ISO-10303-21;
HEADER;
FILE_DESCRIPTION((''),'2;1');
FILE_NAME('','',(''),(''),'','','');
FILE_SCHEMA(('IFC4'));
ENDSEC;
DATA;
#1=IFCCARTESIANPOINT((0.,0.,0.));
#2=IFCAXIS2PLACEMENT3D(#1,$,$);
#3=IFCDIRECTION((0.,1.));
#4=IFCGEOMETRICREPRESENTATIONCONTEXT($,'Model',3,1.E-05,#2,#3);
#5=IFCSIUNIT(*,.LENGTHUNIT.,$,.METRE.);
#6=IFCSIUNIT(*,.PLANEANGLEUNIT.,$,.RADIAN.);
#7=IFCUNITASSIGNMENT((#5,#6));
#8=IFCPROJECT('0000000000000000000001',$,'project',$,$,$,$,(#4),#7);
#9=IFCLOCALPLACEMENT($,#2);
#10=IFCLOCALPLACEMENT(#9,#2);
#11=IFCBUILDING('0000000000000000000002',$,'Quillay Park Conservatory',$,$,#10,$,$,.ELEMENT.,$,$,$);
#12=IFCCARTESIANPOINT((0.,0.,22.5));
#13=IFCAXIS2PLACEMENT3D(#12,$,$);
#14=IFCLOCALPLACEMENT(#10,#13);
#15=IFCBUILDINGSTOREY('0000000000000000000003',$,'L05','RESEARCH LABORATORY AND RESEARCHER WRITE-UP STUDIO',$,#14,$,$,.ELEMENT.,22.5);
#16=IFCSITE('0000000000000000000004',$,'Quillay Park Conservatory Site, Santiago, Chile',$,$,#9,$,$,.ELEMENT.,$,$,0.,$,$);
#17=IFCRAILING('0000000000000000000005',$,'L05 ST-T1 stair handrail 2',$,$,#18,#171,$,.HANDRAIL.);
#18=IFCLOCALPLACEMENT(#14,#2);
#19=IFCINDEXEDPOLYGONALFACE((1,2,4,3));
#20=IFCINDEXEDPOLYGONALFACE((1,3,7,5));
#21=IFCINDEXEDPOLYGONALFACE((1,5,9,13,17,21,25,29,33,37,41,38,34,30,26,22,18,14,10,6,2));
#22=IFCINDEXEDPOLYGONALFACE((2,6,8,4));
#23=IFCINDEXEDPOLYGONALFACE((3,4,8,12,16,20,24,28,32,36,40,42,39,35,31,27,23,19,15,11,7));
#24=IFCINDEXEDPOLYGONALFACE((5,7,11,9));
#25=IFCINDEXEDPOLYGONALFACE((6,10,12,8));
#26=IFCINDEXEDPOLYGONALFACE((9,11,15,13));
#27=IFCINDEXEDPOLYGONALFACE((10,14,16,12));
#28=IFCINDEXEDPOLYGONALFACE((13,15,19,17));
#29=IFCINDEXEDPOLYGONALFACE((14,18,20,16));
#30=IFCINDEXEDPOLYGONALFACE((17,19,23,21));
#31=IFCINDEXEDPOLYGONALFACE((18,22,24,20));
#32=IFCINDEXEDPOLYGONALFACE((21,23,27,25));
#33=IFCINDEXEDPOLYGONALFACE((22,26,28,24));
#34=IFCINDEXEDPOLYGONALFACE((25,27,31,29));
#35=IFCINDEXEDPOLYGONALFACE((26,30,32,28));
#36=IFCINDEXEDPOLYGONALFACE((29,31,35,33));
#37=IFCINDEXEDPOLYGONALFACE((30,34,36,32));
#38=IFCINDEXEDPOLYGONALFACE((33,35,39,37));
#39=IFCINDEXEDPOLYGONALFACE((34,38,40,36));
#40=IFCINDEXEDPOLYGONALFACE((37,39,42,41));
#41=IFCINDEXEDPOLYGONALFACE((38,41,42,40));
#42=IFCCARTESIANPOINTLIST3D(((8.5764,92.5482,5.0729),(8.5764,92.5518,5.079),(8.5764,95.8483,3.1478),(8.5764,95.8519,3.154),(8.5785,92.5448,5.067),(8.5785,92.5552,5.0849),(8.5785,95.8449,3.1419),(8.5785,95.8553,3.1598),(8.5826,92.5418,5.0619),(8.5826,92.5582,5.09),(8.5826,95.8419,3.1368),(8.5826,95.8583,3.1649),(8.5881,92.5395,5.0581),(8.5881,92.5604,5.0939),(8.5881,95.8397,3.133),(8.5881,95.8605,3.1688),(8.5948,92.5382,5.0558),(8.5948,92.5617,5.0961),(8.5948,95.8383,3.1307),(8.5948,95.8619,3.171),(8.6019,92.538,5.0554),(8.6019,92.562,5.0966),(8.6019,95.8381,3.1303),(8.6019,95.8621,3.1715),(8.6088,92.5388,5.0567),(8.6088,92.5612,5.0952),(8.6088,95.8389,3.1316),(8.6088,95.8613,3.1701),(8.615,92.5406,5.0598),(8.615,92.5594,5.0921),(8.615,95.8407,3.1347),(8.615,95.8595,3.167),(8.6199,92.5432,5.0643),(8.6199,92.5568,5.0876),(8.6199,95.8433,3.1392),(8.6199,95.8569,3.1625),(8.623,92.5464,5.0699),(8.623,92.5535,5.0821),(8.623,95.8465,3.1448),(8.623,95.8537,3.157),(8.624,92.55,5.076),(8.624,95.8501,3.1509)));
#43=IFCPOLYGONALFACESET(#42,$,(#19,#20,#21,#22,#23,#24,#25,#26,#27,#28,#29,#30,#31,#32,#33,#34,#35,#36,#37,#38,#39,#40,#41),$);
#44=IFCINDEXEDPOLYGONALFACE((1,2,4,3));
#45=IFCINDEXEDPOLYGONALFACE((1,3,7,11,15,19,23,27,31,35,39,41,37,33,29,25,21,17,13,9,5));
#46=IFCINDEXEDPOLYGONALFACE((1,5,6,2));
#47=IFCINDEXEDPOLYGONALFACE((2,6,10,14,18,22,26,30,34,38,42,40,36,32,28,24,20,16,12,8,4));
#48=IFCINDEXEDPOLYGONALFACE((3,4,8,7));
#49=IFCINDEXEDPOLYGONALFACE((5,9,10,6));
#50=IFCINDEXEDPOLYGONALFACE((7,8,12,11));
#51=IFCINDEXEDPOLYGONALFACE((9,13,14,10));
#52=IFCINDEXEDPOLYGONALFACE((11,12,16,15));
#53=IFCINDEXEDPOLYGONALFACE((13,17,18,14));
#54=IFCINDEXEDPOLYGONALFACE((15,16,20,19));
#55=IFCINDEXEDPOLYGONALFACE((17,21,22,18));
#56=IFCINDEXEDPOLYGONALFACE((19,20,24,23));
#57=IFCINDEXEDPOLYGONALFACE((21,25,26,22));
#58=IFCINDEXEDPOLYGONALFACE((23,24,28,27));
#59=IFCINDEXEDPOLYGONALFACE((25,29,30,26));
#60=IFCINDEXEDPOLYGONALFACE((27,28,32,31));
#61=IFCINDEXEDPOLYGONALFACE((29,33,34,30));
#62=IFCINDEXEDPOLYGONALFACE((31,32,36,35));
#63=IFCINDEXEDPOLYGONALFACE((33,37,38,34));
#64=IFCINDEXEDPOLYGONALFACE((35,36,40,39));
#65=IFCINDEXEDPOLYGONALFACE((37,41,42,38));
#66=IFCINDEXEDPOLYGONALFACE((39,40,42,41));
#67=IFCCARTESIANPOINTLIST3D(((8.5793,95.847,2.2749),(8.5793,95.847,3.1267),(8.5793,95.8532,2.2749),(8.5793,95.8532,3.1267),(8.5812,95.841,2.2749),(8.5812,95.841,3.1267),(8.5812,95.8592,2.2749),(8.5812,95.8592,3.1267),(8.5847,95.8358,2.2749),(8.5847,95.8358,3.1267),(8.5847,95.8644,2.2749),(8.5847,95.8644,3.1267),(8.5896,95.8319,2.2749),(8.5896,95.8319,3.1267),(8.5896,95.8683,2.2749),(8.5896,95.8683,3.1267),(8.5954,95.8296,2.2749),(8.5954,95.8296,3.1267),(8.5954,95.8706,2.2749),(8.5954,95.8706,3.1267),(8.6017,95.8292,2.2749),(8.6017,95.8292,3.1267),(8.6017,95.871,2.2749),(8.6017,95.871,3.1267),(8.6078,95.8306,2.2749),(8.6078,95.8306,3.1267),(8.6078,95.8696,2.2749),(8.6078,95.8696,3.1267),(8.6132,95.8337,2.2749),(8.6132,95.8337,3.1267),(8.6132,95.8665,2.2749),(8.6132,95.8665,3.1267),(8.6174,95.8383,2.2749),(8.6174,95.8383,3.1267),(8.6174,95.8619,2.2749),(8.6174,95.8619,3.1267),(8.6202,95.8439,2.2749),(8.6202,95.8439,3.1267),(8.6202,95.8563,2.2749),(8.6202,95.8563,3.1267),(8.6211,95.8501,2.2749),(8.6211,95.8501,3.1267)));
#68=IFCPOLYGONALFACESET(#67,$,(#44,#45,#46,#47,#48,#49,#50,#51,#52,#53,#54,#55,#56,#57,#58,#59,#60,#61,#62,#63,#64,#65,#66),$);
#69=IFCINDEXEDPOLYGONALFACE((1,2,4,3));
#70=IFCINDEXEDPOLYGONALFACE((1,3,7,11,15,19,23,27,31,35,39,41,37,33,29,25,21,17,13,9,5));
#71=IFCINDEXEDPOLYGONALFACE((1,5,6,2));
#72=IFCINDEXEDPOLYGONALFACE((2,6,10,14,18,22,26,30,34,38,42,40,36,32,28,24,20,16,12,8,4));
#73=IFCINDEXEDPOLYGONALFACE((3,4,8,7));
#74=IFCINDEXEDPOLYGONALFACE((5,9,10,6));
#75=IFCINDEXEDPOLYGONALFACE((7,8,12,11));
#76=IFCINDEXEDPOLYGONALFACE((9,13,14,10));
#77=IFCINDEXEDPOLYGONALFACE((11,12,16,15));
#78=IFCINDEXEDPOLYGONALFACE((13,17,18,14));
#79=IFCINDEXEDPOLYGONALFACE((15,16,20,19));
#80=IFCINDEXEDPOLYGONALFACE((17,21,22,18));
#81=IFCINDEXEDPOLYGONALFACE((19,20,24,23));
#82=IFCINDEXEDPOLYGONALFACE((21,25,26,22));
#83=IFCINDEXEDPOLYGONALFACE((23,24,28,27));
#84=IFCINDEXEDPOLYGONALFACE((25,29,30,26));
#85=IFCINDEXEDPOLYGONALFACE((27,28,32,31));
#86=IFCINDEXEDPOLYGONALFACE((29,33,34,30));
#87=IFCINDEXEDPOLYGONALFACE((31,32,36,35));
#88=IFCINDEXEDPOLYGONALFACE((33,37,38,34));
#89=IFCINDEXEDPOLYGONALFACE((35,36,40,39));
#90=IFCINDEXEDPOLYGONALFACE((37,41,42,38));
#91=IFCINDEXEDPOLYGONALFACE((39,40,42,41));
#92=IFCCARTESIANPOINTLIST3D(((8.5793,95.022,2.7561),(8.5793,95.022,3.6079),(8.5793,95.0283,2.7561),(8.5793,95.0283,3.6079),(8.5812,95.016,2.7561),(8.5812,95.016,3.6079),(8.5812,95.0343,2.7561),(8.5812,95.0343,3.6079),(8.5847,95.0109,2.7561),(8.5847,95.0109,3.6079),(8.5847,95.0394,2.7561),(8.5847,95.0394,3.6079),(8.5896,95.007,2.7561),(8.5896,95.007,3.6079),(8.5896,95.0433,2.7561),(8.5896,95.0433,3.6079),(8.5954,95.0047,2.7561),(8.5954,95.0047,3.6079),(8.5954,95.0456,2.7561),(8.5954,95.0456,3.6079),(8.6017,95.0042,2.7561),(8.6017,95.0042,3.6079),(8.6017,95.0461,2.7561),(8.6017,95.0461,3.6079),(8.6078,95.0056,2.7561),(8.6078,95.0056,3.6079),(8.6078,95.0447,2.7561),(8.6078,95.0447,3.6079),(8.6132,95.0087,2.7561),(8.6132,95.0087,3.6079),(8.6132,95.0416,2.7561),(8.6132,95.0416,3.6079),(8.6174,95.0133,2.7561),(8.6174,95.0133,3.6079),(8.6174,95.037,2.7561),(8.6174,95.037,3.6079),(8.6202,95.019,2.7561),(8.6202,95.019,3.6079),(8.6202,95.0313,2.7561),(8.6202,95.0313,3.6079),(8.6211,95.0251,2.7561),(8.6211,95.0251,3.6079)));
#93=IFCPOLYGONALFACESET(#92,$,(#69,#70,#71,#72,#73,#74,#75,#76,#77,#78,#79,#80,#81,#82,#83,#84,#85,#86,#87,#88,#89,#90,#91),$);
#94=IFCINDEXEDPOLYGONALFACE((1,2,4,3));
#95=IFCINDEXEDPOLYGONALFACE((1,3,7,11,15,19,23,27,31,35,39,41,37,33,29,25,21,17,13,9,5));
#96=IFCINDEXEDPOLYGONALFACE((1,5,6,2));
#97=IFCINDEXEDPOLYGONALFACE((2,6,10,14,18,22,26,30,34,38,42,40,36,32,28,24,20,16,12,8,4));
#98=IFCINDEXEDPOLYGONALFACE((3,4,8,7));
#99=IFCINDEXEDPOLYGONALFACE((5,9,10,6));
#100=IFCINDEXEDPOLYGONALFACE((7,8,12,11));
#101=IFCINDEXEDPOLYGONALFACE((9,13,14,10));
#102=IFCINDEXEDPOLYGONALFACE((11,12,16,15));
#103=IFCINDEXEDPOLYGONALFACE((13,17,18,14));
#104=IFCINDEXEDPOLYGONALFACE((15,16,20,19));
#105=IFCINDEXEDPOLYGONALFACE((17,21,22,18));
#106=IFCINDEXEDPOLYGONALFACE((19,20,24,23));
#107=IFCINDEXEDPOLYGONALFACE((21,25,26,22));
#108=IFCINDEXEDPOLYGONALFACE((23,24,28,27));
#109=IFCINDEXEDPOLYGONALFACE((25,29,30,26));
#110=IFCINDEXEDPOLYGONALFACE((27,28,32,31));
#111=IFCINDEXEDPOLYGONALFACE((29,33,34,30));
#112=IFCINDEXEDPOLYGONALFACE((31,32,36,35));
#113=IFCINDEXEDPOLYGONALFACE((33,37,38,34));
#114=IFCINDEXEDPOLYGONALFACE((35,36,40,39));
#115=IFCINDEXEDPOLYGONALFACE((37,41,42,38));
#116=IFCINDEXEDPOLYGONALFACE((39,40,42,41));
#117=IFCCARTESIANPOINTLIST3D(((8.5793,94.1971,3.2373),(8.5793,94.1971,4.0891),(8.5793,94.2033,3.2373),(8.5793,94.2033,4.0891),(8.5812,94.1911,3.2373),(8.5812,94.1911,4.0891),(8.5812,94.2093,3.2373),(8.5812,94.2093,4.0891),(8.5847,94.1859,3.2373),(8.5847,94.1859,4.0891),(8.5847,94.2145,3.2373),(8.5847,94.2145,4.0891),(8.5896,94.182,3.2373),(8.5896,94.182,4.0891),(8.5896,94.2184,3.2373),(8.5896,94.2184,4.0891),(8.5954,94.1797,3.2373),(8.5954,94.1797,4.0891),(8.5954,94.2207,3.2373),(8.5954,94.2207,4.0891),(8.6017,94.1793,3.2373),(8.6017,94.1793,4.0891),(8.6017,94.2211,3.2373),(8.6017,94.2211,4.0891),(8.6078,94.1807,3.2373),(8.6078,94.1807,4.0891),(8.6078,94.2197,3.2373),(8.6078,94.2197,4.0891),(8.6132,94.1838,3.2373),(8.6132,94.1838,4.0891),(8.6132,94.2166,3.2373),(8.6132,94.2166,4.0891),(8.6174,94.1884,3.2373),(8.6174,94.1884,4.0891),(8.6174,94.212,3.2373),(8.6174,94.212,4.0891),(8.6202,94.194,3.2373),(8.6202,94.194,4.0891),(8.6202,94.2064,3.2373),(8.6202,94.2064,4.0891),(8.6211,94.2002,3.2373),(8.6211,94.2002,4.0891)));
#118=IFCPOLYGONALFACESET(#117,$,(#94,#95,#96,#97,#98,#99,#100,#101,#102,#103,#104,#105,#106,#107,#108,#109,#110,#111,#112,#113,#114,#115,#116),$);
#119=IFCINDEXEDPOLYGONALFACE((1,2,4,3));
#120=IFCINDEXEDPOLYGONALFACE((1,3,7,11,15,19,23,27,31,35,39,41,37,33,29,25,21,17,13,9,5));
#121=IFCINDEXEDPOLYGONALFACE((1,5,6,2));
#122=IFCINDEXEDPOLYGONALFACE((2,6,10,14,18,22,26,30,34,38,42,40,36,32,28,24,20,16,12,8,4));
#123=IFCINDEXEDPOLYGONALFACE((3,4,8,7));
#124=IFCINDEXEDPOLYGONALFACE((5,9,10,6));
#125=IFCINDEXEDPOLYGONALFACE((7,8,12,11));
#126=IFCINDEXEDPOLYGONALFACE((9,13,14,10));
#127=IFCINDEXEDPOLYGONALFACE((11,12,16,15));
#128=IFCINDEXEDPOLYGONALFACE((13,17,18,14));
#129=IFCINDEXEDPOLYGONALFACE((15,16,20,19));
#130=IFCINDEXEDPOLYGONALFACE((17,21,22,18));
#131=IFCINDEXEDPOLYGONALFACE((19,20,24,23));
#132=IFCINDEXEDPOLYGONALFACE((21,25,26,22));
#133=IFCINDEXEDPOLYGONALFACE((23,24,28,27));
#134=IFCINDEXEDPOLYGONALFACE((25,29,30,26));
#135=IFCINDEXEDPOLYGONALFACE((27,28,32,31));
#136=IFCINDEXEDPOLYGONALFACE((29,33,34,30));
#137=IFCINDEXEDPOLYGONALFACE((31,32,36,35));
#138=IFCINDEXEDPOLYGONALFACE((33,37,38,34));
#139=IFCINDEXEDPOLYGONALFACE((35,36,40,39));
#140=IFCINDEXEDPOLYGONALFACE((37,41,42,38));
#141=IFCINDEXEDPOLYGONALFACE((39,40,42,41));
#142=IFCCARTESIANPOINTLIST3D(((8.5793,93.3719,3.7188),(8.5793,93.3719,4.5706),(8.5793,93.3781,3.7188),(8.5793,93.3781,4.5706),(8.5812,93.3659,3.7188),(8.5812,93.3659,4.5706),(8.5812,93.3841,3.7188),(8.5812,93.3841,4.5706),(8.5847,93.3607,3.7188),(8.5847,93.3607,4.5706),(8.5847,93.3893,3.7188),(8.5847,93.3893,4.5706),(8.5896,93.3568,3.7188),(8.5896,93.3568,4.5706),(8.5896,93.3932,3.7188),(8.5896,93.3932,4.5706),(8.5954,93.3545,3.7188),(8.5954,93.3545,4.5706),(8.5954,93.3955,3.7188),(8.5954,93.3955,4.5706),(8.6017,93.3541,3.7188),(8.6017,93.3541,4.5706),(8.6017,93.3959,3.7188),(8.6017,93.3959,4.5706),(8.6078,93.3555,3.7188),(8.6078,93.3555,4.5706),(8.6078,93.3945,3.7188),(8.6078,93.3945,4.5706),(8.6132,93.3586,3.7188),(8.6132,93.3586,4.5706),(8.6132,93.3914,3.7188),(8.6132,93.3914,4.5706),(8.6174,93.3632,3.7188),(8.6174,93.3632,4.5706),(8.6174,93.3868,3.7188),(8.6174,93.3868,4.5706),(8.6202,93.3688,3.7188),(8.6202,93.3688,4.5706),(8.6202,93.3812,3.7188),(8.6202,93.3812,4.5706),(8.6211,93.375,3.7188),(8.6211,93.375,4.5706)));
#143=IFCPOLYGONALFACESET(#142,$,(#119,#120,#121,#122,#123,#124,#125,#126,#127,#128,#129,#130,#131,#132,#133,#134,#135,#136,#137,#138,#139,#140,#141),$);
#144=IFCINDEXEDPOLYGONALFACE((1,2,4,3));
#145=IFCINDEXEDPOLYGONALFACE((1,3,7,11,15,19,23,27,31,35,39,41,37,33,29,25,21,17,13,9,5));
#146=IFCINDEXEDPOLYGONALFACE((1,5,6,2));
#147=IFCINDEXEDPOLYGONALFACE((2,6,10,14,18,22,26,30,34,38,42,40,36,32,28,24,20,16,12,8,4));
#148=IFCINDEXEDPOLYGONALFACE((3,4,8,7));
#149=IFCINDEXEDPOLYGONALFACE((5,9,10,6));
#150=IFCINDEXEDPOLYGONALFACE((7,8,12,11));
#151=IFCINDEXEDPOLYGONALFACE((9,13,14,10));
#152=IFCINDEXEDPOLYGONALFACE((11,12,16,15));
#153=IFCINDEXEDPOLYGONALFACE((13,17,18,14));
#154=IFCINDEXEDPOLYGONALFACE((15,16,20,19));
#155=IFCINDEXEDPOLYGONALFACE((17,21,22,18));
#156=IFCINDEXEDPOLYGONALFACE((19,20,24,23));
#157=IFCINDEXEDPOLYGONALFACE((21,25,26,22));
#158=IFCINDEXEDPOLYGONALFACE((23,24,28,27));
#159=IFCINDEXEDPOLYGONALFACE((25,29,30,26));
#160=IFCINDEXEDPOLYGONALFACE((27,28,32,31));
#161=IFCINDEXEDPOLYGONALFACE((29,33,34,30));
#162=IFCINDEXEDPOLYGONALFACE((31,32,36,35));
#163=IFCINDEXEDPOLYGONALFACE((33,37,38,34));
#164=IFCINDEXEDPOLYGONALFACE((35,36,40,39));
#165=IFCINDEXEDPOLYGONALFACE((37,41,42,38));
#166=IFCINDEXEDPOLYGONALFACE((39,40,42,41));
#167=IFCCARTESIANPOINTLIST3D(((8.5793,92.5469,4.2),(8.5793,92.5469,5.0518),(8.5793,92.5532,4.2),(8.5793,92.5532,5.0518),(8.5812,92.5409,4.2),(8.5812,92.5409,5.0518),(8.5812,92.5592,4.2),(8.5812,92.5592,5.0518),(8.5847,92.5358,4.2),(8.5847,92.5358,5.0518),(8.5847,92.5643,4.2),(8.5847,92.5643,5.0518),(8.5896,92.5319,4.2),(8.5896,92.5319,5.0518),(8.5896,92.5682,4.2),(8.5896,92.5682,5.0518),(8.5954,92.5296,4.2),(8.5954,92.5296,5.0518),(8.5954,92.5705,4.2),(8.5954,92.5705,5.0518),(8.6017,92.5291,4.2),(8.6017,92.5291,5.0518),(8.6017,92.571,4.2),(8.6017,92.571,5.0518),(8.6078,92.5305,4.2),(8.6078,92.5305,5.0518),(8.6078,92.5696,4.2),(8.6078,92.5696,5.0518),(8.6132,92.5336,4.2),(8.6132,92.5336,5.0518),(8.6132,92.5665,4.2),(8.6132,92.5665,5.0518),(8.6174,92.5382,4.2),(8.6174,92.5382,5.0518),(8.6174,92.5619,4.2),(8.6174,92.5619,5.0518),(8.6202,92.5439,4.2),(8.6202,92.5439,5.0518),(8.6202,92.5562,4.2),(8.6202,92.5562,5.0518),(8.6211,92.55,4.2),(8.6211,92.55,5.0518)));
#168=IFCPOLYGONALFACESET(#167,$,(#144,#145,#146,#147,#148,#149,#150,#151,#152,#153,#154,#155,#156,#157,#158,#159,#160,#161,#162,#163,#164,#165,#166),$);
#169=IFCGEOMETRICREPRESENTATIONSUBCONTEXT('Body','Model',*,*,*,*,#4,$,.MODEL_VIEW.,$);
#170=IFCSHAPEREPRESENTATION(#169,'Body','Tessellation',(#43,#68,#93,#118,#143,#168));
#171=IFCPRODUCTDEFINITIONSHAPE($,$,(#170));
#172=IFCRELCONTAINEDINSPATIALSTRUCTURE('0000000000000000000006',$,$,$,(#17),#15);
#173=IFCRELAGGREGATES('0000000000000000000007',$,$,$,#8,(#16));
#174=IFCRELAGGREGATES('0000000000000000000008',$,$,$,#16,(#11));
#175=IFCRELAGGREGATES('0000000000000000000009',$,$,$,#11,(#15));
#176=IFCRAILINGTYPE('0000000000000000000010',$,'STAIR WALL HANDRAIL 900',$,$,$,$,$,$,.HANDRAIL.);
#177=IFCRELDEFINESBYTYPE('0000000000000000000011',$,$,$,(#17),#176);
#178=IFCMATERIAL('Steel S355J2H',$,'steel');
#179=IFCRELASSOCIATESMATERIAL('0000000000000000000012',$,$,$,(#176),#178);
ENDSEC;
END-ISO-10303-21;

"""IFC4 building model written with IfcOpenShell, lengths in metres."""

from ifc_helpers import new_model, si_unit, direction, frame, origin, origin_2d, place, context, subcontext, project, spatial, circle, extrude, material, type_object, element, save


model = new_model("IFC4")

# Units and contexts
model_context = context("Model", 3, precision=1e-05, world=origin(), true_north=direction((0.0, 1.0)))
body_context = subcontext(model_context, "Body", "Model", "MODEL_VIEW")
ifc_project = project(units=[si_unit("LENGTHUNIT", "METRE"), si_unit("PLANEANGLEUNIT", "RADIAN")], contexts=[model_context])

# Site, building, storey
site_placement = place(None, origin())
site = spatial("IfcSite", under=ifc_project, at=site_placement, Name="Quillay Park Conservatory Site, Santiago, Chile", CompositionType="ELEMENT", RefElevation=0.0)
building_placement = place(site_placement, origin())
building = spatial("IfcBuilding", under=site, at=building_placement, Name="Quillay Park Conservatory", CompositionType="ELEMENT")
storey_placement = place(building_placement, frame((0.0, 0.0, 22.5)))
storey = spatial("IfcBuildingStorey", under=building, at=storey_placement, Name="L05", Description="RESEARCH LABORATORY AND RESEARCHER WRITE-UP STUDIO", CompositionType="ELEMENT", Elevation=22.5)

# Railing
ifc_material_1 = material(Name="Steel S355J2H", Category="steel")
railing_type_1 = type_object("IfcRailingType", Name="STAIR WALL HANDRAIL 900", PredefinedType="HANDRAIL", material=ifc_material_1)
railing_1_placement = place(storey_placement, frame((8.6001, 95.8501, 2.2749)))
element("IfcRailing", 1, at=railing_1_placement, inside=storey, type_object=railing_type_1, Name="L05 ST-T1 stair handrail 2", PredefinedType="HANDRAIL", context=body_context, shape_type="SweptSolid", body=[
    extrude(circle(Radius=0.0239, at=origin_2d()), frame((0.0, 0.0, 0.876), z_axis=(0.0, -0.863777, 0.503875), x_axis=(1.0, 0.0, 0.0)), (0.0, 0.0, 1.0), 3.8206),
    extrude(circle(Radius=0.021, at=origin_2d()), origin(), (0.0, 0.0, 1.0), 0.8518),
    extrude(circle(Radius=0.021, at=origin_2d()), frame((0.0, -0.825, 0.4812)), (0.0, 0.0, 1.0), 0.8518),
    extrude(circle(Radius=0.021, at=origin_2d()), frame((0.0, -1.6499, 0.9624)), (0.0, 0.0, 1.0), 0.8518),
    extrude(circle(Radius=0.021, at=origin_2d()), frame((0.0, -2.4751, 1.4438)), (0.0, 0.0, 1.0), 0.8518),
    extrude(circle(Radius=0.021, at=origin_2d()), frame((0.0, -3.3, 1.925)), (0.0, 0.0, 1.0), 0.8518),
])

save(model, "model.ifc")
